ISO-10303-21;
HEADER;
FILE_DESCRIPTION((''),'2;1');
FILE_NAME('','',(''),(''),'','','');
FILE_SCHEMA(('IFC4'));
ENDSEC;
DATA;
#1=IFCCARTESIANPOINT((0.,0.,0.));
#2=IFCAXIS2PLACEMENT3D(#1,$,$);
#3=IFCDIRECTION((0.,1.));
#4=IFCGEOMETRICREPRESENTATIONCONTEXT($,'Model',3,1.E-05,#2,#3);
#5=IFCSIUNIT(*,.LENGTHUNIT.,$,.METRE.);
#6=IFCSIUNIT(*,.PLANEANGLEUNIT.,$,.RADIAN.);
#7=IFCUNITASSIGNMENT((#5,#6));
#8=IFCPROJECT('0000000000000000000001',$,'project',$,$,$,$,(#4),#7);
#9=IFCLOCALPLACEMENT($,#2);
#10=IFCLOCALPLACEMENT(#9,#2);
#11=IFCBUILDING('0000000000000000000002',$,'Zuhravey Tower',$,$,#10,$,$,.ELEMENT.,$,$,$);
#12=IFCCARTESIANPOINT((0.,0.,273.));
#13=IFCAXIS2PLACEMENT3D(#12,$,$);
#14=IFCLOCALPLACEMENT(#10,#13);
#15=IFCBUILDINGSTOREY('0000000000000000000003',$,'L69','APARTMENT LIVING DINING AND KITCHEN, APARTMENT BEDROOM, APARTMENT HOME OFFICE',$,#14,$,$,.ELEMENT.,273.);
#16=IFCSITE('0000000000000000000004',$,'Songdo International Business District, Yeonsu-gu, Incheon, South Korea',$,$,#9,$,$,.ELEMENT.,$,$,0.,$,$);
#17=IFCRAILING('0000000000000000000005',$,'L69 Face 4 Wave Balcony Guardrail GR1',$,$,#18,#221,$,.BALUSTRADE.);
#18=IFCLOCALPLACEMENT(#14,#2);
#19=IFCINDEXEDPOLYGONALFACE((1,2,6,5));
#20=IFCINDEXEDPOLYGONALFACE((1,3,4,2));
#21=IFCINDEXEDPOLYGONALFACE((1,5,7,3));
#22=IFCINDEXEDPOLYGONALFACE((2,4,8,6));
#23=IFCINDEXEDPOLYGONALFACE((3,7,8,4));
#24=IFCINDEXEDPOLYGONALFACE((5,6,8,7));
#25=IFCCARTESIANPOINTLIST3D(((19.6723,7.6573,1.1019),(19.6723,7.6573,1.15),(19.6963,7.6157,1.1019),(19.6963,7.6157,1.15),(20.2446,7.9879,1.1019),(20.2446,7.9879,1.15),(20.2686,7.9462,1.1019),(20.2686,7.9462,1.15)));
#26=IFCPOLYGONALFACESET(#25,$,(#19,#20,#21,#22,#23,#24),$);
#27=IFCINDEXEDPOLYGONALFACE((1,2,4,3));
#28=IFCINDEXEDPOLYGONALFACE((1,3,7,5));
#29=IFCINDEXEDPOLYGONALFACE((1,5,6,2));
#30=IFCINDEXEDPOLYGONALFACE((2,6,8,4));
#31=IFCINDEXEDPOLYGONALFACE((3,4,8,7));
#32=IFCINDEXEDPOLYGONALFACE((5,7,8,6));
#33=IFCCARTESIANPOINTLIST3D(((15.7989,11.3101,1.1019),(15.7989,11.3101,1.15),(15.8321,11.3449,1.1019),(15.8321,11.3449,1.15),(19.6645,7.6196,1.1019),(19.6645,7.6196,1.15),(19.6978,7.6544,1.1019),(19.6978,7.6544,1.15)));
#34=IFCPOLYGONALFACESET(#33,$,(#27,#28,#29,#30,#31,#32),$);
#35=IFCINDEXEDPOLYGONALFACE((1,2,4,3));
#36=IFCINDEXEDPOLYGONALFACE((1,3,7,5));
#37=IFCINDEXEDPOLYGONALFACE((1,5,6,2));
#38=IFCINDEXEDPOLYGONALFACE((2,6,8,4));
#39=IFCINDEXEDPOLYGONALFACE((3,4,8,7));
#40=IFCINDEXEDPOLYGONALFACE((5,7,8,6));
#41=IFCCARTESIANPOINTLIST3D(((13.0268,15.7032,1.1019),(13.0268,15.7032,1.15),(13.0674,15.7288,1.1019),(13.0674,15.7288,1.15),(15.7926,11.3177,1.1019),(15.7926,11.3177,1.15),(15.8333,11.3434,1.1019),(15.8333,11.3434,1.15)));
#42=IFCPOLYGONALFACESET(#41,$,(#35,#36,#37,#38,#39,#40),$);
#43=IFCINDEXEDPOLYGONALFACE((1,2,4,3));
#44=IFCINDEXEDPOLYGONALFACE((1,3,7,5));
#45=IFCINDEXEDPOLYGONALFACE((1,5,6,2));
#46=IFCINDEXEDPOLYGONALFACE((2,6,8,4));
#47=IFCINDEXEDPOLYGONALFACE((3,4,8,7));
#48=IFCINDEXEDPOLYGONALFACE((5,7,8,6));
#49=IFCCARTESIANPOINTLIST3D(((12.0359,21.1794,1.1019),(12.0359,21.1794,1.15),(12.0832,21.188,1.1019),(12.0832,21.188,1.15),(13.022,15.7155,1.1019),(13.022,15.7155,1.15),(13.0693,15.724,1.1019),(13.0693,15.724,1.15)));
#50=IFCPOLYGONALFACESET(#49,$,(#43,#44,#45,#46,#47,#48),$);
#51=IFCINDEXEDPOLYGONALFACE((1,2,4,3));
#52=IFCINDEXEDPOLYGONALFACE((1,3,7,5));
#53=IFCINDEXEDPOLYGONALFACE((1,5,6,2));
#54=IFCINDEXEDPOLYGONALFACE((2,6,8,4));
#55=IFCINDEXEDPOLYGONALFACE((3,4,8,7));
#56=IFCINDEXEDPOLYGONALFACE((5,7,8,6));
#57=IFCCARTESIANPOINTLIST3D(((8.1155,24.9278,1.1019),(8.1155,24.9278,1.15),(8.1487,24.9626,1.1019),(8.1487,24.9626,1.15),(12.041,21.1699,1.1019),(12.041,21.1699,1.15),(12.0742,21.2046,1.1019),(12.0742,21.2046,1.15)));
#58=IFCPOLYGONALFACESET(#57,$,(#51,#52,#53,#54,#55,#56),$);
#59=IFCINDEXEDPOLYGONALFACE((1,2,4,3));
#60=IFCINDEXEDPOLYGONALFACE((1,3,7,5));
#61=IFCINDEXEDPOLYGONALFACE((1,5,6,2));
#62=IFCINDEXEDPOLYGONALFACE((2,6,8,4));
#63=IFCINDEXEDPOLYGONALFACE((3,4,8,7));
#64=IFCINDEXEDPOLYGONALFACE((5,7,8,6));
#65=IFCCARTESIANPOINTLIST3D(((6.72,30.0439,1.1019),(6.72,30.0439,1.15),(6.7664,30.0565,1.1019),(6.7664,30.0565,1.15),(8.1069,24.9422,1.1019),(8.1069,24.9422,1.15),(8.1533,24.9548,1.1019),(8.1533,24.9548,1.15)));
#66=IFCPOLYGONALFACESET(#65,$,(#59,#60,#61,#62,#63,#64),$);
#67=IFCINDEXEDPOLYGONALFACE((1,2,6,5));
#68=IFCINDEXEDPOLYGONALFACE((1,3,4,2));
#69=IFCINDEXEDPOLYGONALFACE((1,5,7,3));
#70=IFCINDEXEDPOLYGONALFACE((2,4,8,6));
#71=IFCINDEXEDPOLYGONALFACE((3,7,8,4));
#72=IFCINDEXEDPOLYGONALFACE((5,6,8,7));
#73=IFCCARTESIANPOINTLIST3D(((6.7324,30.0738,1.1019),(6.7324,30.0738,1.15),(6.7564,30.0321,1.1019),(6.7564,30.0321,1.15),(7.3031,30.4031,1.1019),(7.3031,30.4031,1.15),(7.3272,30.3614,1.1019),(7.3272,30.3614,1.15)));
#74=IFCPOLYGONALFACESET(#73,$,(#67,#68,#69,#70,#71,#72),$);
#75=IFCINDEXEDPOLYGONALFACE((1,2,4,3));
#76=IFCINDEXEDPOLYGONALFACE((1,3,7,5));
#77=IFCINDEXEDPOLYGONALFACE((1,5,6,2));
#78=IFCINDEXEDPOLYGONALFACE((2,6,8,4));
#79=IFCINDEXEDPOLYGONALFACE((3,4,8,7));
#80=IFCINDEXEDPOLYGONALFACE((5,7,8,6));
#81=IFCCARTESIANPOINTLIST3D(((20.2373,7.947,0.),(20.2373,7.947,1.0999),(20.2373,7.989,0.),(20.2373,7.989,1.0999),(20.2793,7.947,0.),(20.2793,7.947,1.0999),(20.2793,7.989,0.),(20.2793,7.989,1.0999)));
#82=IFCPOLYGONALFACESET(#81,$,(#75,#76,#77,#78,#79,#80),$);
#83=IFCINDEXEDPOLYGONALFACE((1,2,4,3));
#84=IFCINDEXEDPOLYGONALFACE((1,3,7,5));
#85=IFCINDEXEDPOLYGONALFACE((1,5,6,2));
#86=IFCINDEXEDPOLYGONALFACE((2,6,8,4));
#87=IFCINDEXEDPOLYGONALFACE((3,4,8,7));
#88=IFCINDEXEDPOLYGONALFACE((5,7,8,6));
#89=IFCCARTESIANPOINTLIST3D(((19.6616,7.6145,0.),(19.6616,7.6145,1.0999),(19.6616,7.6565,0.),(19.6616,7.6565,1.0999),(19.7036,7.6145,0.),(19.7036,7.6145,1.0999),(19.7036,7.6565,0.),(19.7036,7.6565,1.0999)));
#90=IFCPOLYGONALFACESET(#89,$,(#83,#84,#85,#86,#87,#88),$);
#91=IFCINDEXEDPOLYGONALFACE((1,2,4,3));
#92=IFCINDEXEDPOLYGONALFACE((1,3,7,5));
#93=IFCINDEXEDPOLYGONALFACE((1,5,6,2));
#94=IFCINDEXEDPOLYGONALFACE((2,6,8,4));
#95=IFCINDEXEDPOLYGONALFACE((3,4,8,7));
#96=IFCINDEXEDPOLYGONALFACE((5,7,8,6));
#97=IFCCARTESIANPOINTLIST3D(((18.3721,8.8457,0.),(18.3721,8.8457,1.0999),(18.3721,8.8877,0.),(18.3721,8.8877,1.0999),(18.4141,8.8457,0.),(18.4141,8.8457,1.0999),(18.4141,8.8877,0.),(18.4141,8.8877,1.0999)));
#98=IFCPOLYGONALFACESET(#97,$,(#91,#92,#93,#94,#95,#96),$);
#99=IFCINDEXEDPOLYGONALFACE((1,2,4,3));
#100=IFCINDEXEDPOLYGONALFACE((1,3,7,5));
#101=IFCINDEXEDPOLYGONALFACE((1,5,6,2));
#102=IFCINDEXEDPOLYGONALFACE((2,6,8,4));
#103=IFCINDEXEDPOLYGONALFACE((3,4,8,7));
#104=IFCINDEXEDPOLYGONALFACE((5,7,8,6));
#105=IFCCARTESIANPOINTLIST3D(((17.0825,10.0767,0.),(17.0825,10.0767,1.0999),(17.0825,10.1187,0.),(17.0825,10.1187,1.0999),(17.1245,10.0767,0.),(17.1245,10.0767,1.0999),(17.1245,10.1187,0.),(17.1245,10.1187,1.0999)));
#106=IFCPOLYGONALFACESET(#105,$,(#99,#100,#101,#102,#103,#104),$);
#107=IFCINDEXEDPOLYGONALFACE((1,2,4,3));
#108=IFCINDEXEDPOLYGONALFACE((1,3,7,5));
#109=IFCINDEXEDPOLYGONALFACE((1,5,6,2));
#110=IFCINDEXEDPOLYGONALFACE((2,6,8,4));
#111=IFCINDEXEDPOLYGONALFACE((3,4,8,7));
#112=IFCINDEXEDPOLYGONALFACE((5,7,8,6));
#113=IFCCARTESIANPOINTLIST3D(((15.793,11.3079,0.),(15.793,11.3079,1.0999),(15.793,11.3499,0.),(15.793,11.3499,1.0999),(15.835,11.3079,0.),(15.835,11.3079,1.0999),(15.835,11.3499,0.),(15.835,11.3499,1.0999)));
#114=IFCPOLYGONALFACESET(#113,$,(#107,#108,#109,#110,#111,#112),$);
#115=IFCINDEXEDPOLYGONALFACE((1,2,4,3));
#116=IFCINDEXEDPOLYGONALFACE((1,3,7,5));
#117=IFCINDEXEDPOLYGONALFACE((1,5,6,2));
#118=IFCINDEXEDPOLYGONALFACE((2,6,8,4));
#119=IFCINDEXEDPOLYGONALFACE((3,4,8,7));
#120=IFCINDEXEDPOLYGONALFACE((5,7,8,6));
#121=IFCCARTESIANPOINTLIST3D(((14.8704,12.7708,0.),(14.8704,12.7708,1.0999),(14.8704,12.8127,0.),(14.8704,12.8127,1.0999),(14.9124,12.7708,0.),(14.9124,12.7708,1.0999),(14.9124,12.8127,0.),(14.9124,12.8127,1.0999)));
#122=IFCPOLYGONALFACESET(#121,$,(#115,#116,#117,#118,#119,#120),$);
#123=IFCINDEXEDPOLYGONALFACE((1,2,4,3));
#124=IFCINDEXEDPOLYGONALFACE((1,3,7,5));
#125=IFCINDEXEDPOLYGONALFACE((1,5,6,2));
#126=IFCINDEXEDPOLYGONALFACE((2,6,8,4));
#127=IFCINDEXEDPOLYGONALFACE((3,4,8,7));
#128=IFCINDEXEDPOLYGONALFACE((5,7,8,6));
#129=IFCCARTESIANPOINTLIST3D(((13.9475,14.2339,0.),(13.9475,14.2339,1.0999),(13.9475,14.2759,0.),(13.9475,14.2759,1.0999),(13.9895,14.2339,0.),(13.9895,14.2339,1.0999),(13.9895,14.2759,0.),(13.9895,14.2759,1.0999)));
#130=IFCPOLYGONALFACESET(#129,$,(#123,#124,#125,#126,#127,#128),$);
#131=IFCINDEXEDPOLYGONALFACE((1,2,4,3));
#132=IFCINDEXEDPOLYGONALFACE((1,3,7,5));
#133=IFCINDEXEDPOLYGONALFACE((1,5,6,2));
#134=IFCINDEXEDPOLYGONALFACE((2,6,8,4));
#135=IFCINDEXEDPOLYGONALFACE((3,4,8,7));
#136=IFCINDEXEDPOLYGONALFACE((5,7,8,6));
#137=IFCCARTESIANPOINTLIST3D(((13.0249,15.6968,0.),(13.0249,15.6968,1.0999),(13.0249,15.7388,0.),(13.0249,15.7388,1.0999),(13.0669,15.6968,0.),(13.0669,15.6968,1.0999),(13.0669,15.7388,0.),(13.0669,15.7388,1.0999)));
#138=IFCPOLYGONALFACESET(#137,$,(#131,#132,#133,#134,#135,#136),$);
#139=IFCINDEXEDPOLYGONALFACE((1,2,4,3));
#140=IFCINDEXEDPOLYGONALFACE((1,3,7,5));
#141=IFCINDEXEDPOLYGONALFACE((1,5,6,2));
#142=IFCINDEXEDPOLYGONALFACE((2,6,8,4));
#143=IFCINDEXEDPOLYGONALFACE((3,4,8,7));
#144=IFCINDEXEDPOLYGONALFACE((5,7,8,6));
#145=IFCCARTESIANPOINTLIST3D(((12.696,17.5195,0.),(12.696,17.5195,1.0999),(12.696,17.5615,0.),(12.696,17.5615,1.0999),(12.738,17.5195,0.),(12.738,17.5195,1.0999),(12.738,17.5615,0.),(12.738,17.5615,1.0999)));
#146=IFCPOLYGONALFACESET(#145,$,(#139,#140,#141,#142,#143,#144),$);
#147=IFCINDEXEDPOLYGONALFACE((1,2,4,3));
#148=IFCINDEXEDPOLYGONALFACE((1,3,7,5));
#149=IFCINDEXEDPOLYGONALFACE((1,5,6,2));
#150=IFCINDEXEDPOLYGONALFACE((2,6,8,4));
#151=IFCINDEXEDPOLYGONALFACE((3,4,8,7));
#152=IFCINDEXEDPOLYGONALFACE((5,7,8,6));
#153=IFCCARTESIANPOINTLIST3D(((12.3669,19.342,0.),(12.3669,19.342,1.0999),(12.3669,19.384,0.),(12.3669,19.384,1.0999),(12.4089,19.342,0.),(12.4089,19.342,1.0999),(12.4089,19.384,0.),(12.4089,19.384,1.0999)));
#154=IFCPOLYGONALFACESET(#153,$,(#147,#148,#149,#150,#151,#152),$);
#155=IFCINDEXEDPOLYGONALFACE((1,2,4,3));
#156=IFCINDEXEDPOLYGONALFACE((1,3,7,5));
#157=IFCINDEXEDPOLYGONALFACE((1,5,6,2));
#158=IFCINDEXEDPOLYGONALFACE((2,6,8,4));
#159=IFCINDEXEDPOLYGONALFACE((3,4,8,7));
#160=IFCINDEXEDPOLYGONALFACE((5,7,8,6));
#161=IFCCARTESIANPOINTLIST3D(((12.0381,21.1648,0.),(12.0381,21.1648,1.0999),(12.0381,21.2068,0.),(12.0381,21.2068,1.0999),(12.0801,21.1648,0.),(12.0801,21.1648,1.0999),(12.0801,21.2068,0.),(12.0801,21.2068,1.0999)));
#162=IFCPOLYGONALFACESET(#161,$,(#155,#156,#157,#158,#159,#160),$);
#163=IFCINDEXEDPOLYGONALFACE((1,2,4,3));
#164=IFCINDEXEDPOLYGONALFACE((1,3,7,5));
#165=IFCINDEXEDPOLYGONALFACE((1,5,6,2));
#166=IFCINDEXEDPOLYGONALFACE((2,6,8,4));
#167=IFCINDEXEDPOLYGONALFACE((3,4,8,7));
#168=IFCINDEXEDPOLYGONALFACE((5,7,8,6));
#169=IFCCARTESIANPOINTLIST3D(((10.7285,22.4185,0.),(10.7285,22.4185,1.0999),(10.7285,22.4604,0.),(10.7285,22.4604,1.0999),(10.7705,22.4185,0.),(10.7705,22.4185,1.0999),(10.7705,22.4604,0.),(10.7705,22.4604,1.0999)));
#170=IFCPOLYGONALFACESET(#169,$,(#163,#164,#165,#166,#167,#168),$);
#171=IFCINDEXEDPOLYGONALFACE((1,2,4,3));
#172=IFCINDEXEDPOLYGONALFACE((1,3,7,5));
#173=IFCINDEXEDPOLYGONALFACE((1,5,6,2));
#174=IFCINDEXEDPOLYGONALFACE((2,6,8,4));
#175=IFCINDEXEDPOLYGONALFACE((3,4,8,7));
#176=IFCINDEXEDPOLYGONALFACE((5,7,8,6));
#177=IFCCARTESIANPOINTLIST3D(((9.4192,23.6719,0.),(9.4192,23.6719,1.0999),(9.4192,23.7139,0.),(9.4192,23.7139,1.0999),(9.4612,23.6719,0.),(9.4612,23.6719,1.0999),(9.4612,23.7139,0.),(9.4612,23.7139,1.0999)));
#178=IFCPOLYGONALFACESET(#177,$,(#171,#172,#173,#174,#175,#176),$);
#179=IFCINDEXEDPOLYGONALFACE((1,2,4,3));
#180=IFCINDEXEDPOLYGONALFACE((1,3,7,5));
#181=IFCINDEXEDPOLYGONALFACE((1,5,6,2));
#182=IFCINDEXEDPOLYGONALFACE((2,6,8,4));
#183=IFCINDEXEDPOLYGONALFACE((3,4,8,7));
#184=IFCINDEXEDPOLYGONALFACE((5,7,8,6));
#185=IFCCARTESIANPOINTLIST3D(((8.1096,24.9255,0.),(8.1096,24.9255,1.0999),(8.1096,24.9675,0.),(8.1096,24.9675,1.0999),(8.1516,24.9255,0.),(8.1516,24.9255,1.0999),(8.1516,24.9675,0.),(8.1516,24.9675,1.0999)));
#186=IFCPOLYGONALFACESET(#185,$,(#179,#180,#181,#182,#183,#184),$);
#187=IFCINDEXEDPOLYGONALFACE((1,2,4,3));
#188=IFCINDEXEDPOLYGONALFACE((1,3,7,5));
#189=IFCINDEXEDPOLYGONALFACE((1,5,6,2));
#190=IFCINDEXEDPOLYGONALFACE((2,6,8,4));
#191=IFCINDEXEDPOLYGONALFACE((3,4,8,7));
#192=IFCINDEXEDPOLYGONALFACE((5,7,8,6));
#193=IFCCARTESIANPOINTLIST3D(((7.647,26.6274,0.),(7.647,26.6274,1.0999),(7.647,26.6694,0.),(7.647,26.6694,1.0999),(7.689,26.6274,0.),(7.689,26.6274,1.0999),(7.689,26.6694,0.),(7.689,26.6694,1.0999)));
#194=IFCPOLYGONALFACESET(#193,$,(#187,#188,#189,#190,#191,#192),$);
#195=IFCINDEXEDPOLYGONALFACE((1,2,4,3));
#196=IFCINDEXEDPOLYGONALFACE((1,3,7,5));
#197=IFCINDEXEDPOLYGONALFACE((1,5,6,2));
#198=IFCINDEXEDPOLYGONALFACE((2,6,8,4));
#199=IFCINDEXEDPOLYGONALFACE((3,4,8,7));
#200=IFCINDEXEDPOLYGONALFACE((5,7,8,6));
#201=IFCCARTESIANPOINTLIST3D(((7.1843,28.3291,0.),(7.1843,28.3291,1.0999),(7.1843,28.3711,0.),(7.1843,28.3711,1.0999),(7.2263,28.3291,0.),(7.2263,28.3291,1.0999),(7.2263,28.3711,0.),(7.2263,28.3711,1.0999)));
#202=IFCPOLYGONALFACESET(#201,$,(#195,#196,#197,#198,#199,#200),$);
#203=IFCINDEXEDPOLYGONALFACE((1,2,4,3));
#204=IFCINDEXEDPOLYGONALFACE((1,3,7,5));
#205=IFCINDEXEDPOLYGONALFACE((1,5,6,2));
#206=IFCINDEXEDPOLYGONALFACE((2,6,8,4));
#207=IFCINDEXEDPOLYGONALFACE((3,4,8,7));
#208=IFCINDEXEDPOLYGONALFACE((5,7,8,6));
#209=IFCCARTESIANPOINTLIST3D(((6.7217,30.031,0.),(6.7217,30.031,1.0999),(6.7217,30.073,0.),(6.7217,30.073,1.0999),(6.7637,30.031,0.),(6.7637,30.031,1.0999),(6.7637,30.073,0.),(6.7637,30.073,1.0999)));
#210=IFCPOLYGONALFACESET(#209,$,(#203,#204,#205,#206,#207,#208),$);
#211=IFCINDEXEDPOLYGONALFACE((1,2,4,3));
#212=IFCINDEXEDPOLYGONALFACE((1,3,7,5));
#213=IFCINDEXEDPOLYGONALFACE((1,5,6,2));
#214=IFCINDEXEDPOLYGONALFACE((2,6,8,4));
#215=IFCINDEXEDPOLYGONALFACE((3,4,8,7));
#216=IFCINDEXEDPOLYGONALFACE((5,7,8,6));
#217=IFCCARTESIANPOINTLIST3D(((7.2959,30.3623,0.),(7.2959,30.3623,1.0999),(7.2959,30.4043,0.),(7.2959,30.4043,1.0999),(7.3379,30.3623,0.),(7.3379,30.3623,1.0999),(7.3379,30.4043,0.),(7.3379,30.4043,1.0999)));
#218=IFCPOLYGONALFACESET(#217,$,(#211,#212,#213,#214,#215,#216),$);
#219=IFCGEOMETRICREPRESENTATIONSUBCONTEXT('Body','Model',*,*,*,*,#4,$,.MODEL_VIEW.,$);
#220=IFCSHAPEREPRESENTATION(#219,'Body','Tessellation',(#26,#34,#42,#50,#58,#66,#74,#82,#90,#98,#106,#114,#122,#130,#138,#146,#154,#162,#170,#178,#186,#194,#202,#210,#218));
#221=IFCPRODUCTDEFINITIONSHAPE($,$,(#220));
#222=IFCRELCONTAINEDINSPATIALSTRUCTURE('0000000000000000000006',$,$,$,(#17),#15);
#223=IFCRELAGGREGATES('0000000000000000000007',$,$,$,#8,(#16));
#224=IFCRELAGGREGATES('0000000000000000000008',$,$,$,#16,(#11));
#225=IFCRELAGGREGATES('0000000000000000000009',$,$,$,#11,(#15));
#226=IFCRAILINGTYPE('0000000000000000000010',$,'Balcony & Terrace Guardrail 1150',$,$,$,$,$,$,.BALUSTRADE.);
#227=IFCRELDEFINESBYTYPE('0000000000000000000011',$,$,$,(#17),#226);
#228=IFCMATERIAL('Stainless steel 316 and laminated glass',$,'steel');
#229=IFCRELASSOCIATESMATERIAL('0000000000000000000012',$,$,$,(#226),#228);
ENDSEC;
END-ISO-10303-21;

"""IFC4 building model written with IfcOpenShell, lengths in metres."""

from ifc_helpers import new_model, si_unit, direction, frame, origin, origin_2d, place, context, subcontext, project, spatial, rectangle, extrude, material, type_object, element, save


model = new_model("IFC4")

# Units and contexts
model_context = context("Model", 3, precision=1e-05, world=origin(), true_north=direction((0.0, 1.0)))
body_context = subcontext(model_context, "Body", "Model", "MODEL_VIEW")
ifc_project = project(units=[si_unit("LENGTHUNIT", "METRE"), si_unit("PLANEANGLEUNIT", "RADIAN")], contexts=[model_context])

# Site, building, storey
site_placement = place(None, origin())
site = spatial("IfcSite", under=ifc_project, at=site_placement, Name="Songdo International Business District, Yeonsu-gu, Incheon, South Korea", CompositionType="ELEMENT", RefElevation=0.0)
building_placement = place(site_placement, origin())
building = spatial("IfcBuilding", under=site, at=building_placement, Name="Zuhravey Tower", CompositionType="ELEMENT")
storey_placement = place(building_placement, frame((0.0, 0.0, 273.0)))
storey = spatial("IfcBuildingStorey", under=building, at=storey_placement, Name="L69", Description="APARTMENT LIVING DINING AND KITCHEN, APARTMENT BEDROOM, APARTMENT HOME OFFICE", CompositionType="ELEMENT", Elevation=273.0)

# Railing
ifc_material_1 = material(Name="Stainless steel 316 and laminated glass", Category="steel")
railing_type = type_object("IfcRailingType", Name="Balcony & Terrace Guardrail 1150", PredefinedType="BALUSTRADE", material=ifc_material_1)
railing_placement = place(storey_placement, frame((20.2583, 7.968, 0.0)))
element("IfcRailing", 1, at=railing_placement, inside=storey, type_object=railing_type, Name="L69 Face 4 Wave Balcony Guardrail GR1", PredefinedType="BALUSTRADE", context=body_context, shape_type="SweptSolid", body=[
    extrude(rectangle(XDim=0.0481, YDim=0.0481, at=origin_2d()), frame((-0.0017, -0.001, 1.126), z_axis=(-0.865929, -0.500167, 0.0), x_axis=(0.500167, -0.865929, 0.0)), (0.0, 0.0, 1.0), 0.6609),
    extrude(rectangle(XDim=0.0481, YDim=0.0481, at=origin_2d()), frame((-0.5771, -0.3311, 1.126), z_axis=(-0.723304, 0.69053, 0.0), x_axis=(-0.69053, -0.723304, 0.0)), (0.0, 0.0, 1.0), 5.3445),
    extrude(rectangle(XDim=0.0481, YDim=0.0481, at=origin_2d()), frame((-4.4453, 3.3625, 1.126), z_axis=(-0.533458, 0.845826, 0.0), x_axis=(-0.845826, -0.533458, 0.0)), (0.0, 0.0, 1.0), 5.1848),
    extrude(rectangle(XDim=0.0481, YDim=0.0481, at=origin_2d()), frame((-7.2126, 7.7517, 1.126), z_axis=(-0.177602, 0.984102, 0.0), x_axis=(-0.984102, -0.177602, 0.0)), (0.0, 0.0, 1.0), 5.5522),
    extrude(rectangle(XDim=0.0481, YDim=0.0481, at=origin_2d()), frame((-8.2007, 13.2192, 1.126), z_axis=(-0.722359, 0.691518, 0.0), x_axis=(-0.691518, -0.722359, 0.0)), (0.0, 0.0, 1.0), 5.4343),
    extrude(rectangle(XDim=0.0481, YDim=0.0481, at=origin_2d()), frame((-12.1282, 16.9805, 1.126), z_axis=(-0.262333, 0.964978, 0.0), x_axis=(-0.964978, -0.262333, 0.0)), (0.0, 0.0, 1.0), 5.2869),
    extrude(rectangle(XDim=0.0481, YDim=0.0481, at=origin_2d()), frame((-13.5139, 22.085, 1.126), z_axis=(0.866173, 0.499744, 0.0), x_axis=(-0.499744, 0.866173, 0.0)), (0.0, 0.0, 1.0), 0.6589),
    extrude(rectangle(XDim=0.042, YDim=0.042, at=origin_2d()), origin(), (0.0, 0.0, 1.0), 1.0999),
    extrude(rectangle(XDim=0.042, YDim=0.042, at=origin_2d()), frame((-0.5757, -0.3325, 0.0)), (0.0, 0.0, 1.0), 1.0999),
    extrude(rectangle(XDim=0.042, YDim=0.042, at=origin_2d()), frame((-1.8652, 0.8987, 0.0)), (0.0, 0.0, 1.0), 1.0999),
    extrude(rectangle(XDim=0.042, YDim=0.042, at=origin_2d()), frame((-3.1548, 2.1296, 0.0)), (0.0, 0.0, 1.0), 1.0999),
    extrude(rectangle(XDim=0.042, YDim=0.042, at=origin_2d()), frame((-4.4443, 3.3608, 0.0)), (0.0, 0.0, 1.0), 1.0999),
    extrude(rectangle(XDim=0.042, YDim=0.042, at=origin_2d()), frame((-5.3669, 4.8237, 0.0)), (0.0, 0.0, 1.0), 1.0999),
    extrude(rectangle(XDim=0.042, YDim=0.042, at=origin_2d()), frame((-6.2898, 6.2869, 0.0)), (0.0, 0.0, 1.0), 1.0999),
    extrude(rectangle(XDim=0.042, YDim=0.042, at=origin_2d()), frame((-7.2124, 7.7498, 0.0)), (0.0, 0.0, 1.0), 1.0999),
    extrude(rectangle(XDim=0.042, YDim=0.042, at=origin_2d()), frame((-7.5413, 9.5725, 0.0)), (0.0, 0.0, 1.0), 1.0999),
    extrude(rectangle(XDim=0.042, YDim=0.042, at=origin_2d()), frame((-7.8704, 11.395, 0.0)), (0.0, 0.0, 1.0), 1.0999),
    extrude(rectangle(XDim=0.042, YDim=0.042, at=origin_2d()), frame((-8.1992, 13.2178, 0.0)), (0.0, 0.0, 1.0), 1.0999),
    extrude(rectangle(XDim=0.042, YDim=0.042, at=origin_2d()), frame((-9.5088, 14.4714, 0.0)), (0.0, 0.0, 1.0), 1.0999),
    extrude(rectangle(XDim=0.042, YDim=0.042, at=origin_2d()), frame((-10.8181, 15.7249, 0.0)), (0.0, 0.0, 1.0), 1.0999),
    extrude(rectangle(XDim=0.042, YDim=0.042, at=origin_2d()), frame((-12.1277, 16.9785, 0.0)), (0.0, 0.0, 1.0), 1.0999),
    extrude(rectangle(XDim=0.042, YDim=0.042, at=origin_2d()), frame((-12.5903, 18.6804, 0.0)), (0.0, 0.0, 1.0), 1.0999),
    extrude(rectangle(XDim=0.042, YDim=0.042, at=origin_2d()), frame((-13.053, 20.3821, 0.0)), (0.0, 0.0, 1.0), 1.0999),
    extrude(rectangle(XDim=0.042, YDim=0.042, at=origin_2d()), frame((-13.5156, 22.084, 0.0)), (0.0, 0.0, 1.0), 1.0999),
    extrude(rectangle(XDim=0.042, YDim=0.042, at=origin_2d()), frame((-12.9414, 22.4153, 0.0)), (0.0, 0.0, 1.0), 1.0999),
])

save(model, "model.ifc")
